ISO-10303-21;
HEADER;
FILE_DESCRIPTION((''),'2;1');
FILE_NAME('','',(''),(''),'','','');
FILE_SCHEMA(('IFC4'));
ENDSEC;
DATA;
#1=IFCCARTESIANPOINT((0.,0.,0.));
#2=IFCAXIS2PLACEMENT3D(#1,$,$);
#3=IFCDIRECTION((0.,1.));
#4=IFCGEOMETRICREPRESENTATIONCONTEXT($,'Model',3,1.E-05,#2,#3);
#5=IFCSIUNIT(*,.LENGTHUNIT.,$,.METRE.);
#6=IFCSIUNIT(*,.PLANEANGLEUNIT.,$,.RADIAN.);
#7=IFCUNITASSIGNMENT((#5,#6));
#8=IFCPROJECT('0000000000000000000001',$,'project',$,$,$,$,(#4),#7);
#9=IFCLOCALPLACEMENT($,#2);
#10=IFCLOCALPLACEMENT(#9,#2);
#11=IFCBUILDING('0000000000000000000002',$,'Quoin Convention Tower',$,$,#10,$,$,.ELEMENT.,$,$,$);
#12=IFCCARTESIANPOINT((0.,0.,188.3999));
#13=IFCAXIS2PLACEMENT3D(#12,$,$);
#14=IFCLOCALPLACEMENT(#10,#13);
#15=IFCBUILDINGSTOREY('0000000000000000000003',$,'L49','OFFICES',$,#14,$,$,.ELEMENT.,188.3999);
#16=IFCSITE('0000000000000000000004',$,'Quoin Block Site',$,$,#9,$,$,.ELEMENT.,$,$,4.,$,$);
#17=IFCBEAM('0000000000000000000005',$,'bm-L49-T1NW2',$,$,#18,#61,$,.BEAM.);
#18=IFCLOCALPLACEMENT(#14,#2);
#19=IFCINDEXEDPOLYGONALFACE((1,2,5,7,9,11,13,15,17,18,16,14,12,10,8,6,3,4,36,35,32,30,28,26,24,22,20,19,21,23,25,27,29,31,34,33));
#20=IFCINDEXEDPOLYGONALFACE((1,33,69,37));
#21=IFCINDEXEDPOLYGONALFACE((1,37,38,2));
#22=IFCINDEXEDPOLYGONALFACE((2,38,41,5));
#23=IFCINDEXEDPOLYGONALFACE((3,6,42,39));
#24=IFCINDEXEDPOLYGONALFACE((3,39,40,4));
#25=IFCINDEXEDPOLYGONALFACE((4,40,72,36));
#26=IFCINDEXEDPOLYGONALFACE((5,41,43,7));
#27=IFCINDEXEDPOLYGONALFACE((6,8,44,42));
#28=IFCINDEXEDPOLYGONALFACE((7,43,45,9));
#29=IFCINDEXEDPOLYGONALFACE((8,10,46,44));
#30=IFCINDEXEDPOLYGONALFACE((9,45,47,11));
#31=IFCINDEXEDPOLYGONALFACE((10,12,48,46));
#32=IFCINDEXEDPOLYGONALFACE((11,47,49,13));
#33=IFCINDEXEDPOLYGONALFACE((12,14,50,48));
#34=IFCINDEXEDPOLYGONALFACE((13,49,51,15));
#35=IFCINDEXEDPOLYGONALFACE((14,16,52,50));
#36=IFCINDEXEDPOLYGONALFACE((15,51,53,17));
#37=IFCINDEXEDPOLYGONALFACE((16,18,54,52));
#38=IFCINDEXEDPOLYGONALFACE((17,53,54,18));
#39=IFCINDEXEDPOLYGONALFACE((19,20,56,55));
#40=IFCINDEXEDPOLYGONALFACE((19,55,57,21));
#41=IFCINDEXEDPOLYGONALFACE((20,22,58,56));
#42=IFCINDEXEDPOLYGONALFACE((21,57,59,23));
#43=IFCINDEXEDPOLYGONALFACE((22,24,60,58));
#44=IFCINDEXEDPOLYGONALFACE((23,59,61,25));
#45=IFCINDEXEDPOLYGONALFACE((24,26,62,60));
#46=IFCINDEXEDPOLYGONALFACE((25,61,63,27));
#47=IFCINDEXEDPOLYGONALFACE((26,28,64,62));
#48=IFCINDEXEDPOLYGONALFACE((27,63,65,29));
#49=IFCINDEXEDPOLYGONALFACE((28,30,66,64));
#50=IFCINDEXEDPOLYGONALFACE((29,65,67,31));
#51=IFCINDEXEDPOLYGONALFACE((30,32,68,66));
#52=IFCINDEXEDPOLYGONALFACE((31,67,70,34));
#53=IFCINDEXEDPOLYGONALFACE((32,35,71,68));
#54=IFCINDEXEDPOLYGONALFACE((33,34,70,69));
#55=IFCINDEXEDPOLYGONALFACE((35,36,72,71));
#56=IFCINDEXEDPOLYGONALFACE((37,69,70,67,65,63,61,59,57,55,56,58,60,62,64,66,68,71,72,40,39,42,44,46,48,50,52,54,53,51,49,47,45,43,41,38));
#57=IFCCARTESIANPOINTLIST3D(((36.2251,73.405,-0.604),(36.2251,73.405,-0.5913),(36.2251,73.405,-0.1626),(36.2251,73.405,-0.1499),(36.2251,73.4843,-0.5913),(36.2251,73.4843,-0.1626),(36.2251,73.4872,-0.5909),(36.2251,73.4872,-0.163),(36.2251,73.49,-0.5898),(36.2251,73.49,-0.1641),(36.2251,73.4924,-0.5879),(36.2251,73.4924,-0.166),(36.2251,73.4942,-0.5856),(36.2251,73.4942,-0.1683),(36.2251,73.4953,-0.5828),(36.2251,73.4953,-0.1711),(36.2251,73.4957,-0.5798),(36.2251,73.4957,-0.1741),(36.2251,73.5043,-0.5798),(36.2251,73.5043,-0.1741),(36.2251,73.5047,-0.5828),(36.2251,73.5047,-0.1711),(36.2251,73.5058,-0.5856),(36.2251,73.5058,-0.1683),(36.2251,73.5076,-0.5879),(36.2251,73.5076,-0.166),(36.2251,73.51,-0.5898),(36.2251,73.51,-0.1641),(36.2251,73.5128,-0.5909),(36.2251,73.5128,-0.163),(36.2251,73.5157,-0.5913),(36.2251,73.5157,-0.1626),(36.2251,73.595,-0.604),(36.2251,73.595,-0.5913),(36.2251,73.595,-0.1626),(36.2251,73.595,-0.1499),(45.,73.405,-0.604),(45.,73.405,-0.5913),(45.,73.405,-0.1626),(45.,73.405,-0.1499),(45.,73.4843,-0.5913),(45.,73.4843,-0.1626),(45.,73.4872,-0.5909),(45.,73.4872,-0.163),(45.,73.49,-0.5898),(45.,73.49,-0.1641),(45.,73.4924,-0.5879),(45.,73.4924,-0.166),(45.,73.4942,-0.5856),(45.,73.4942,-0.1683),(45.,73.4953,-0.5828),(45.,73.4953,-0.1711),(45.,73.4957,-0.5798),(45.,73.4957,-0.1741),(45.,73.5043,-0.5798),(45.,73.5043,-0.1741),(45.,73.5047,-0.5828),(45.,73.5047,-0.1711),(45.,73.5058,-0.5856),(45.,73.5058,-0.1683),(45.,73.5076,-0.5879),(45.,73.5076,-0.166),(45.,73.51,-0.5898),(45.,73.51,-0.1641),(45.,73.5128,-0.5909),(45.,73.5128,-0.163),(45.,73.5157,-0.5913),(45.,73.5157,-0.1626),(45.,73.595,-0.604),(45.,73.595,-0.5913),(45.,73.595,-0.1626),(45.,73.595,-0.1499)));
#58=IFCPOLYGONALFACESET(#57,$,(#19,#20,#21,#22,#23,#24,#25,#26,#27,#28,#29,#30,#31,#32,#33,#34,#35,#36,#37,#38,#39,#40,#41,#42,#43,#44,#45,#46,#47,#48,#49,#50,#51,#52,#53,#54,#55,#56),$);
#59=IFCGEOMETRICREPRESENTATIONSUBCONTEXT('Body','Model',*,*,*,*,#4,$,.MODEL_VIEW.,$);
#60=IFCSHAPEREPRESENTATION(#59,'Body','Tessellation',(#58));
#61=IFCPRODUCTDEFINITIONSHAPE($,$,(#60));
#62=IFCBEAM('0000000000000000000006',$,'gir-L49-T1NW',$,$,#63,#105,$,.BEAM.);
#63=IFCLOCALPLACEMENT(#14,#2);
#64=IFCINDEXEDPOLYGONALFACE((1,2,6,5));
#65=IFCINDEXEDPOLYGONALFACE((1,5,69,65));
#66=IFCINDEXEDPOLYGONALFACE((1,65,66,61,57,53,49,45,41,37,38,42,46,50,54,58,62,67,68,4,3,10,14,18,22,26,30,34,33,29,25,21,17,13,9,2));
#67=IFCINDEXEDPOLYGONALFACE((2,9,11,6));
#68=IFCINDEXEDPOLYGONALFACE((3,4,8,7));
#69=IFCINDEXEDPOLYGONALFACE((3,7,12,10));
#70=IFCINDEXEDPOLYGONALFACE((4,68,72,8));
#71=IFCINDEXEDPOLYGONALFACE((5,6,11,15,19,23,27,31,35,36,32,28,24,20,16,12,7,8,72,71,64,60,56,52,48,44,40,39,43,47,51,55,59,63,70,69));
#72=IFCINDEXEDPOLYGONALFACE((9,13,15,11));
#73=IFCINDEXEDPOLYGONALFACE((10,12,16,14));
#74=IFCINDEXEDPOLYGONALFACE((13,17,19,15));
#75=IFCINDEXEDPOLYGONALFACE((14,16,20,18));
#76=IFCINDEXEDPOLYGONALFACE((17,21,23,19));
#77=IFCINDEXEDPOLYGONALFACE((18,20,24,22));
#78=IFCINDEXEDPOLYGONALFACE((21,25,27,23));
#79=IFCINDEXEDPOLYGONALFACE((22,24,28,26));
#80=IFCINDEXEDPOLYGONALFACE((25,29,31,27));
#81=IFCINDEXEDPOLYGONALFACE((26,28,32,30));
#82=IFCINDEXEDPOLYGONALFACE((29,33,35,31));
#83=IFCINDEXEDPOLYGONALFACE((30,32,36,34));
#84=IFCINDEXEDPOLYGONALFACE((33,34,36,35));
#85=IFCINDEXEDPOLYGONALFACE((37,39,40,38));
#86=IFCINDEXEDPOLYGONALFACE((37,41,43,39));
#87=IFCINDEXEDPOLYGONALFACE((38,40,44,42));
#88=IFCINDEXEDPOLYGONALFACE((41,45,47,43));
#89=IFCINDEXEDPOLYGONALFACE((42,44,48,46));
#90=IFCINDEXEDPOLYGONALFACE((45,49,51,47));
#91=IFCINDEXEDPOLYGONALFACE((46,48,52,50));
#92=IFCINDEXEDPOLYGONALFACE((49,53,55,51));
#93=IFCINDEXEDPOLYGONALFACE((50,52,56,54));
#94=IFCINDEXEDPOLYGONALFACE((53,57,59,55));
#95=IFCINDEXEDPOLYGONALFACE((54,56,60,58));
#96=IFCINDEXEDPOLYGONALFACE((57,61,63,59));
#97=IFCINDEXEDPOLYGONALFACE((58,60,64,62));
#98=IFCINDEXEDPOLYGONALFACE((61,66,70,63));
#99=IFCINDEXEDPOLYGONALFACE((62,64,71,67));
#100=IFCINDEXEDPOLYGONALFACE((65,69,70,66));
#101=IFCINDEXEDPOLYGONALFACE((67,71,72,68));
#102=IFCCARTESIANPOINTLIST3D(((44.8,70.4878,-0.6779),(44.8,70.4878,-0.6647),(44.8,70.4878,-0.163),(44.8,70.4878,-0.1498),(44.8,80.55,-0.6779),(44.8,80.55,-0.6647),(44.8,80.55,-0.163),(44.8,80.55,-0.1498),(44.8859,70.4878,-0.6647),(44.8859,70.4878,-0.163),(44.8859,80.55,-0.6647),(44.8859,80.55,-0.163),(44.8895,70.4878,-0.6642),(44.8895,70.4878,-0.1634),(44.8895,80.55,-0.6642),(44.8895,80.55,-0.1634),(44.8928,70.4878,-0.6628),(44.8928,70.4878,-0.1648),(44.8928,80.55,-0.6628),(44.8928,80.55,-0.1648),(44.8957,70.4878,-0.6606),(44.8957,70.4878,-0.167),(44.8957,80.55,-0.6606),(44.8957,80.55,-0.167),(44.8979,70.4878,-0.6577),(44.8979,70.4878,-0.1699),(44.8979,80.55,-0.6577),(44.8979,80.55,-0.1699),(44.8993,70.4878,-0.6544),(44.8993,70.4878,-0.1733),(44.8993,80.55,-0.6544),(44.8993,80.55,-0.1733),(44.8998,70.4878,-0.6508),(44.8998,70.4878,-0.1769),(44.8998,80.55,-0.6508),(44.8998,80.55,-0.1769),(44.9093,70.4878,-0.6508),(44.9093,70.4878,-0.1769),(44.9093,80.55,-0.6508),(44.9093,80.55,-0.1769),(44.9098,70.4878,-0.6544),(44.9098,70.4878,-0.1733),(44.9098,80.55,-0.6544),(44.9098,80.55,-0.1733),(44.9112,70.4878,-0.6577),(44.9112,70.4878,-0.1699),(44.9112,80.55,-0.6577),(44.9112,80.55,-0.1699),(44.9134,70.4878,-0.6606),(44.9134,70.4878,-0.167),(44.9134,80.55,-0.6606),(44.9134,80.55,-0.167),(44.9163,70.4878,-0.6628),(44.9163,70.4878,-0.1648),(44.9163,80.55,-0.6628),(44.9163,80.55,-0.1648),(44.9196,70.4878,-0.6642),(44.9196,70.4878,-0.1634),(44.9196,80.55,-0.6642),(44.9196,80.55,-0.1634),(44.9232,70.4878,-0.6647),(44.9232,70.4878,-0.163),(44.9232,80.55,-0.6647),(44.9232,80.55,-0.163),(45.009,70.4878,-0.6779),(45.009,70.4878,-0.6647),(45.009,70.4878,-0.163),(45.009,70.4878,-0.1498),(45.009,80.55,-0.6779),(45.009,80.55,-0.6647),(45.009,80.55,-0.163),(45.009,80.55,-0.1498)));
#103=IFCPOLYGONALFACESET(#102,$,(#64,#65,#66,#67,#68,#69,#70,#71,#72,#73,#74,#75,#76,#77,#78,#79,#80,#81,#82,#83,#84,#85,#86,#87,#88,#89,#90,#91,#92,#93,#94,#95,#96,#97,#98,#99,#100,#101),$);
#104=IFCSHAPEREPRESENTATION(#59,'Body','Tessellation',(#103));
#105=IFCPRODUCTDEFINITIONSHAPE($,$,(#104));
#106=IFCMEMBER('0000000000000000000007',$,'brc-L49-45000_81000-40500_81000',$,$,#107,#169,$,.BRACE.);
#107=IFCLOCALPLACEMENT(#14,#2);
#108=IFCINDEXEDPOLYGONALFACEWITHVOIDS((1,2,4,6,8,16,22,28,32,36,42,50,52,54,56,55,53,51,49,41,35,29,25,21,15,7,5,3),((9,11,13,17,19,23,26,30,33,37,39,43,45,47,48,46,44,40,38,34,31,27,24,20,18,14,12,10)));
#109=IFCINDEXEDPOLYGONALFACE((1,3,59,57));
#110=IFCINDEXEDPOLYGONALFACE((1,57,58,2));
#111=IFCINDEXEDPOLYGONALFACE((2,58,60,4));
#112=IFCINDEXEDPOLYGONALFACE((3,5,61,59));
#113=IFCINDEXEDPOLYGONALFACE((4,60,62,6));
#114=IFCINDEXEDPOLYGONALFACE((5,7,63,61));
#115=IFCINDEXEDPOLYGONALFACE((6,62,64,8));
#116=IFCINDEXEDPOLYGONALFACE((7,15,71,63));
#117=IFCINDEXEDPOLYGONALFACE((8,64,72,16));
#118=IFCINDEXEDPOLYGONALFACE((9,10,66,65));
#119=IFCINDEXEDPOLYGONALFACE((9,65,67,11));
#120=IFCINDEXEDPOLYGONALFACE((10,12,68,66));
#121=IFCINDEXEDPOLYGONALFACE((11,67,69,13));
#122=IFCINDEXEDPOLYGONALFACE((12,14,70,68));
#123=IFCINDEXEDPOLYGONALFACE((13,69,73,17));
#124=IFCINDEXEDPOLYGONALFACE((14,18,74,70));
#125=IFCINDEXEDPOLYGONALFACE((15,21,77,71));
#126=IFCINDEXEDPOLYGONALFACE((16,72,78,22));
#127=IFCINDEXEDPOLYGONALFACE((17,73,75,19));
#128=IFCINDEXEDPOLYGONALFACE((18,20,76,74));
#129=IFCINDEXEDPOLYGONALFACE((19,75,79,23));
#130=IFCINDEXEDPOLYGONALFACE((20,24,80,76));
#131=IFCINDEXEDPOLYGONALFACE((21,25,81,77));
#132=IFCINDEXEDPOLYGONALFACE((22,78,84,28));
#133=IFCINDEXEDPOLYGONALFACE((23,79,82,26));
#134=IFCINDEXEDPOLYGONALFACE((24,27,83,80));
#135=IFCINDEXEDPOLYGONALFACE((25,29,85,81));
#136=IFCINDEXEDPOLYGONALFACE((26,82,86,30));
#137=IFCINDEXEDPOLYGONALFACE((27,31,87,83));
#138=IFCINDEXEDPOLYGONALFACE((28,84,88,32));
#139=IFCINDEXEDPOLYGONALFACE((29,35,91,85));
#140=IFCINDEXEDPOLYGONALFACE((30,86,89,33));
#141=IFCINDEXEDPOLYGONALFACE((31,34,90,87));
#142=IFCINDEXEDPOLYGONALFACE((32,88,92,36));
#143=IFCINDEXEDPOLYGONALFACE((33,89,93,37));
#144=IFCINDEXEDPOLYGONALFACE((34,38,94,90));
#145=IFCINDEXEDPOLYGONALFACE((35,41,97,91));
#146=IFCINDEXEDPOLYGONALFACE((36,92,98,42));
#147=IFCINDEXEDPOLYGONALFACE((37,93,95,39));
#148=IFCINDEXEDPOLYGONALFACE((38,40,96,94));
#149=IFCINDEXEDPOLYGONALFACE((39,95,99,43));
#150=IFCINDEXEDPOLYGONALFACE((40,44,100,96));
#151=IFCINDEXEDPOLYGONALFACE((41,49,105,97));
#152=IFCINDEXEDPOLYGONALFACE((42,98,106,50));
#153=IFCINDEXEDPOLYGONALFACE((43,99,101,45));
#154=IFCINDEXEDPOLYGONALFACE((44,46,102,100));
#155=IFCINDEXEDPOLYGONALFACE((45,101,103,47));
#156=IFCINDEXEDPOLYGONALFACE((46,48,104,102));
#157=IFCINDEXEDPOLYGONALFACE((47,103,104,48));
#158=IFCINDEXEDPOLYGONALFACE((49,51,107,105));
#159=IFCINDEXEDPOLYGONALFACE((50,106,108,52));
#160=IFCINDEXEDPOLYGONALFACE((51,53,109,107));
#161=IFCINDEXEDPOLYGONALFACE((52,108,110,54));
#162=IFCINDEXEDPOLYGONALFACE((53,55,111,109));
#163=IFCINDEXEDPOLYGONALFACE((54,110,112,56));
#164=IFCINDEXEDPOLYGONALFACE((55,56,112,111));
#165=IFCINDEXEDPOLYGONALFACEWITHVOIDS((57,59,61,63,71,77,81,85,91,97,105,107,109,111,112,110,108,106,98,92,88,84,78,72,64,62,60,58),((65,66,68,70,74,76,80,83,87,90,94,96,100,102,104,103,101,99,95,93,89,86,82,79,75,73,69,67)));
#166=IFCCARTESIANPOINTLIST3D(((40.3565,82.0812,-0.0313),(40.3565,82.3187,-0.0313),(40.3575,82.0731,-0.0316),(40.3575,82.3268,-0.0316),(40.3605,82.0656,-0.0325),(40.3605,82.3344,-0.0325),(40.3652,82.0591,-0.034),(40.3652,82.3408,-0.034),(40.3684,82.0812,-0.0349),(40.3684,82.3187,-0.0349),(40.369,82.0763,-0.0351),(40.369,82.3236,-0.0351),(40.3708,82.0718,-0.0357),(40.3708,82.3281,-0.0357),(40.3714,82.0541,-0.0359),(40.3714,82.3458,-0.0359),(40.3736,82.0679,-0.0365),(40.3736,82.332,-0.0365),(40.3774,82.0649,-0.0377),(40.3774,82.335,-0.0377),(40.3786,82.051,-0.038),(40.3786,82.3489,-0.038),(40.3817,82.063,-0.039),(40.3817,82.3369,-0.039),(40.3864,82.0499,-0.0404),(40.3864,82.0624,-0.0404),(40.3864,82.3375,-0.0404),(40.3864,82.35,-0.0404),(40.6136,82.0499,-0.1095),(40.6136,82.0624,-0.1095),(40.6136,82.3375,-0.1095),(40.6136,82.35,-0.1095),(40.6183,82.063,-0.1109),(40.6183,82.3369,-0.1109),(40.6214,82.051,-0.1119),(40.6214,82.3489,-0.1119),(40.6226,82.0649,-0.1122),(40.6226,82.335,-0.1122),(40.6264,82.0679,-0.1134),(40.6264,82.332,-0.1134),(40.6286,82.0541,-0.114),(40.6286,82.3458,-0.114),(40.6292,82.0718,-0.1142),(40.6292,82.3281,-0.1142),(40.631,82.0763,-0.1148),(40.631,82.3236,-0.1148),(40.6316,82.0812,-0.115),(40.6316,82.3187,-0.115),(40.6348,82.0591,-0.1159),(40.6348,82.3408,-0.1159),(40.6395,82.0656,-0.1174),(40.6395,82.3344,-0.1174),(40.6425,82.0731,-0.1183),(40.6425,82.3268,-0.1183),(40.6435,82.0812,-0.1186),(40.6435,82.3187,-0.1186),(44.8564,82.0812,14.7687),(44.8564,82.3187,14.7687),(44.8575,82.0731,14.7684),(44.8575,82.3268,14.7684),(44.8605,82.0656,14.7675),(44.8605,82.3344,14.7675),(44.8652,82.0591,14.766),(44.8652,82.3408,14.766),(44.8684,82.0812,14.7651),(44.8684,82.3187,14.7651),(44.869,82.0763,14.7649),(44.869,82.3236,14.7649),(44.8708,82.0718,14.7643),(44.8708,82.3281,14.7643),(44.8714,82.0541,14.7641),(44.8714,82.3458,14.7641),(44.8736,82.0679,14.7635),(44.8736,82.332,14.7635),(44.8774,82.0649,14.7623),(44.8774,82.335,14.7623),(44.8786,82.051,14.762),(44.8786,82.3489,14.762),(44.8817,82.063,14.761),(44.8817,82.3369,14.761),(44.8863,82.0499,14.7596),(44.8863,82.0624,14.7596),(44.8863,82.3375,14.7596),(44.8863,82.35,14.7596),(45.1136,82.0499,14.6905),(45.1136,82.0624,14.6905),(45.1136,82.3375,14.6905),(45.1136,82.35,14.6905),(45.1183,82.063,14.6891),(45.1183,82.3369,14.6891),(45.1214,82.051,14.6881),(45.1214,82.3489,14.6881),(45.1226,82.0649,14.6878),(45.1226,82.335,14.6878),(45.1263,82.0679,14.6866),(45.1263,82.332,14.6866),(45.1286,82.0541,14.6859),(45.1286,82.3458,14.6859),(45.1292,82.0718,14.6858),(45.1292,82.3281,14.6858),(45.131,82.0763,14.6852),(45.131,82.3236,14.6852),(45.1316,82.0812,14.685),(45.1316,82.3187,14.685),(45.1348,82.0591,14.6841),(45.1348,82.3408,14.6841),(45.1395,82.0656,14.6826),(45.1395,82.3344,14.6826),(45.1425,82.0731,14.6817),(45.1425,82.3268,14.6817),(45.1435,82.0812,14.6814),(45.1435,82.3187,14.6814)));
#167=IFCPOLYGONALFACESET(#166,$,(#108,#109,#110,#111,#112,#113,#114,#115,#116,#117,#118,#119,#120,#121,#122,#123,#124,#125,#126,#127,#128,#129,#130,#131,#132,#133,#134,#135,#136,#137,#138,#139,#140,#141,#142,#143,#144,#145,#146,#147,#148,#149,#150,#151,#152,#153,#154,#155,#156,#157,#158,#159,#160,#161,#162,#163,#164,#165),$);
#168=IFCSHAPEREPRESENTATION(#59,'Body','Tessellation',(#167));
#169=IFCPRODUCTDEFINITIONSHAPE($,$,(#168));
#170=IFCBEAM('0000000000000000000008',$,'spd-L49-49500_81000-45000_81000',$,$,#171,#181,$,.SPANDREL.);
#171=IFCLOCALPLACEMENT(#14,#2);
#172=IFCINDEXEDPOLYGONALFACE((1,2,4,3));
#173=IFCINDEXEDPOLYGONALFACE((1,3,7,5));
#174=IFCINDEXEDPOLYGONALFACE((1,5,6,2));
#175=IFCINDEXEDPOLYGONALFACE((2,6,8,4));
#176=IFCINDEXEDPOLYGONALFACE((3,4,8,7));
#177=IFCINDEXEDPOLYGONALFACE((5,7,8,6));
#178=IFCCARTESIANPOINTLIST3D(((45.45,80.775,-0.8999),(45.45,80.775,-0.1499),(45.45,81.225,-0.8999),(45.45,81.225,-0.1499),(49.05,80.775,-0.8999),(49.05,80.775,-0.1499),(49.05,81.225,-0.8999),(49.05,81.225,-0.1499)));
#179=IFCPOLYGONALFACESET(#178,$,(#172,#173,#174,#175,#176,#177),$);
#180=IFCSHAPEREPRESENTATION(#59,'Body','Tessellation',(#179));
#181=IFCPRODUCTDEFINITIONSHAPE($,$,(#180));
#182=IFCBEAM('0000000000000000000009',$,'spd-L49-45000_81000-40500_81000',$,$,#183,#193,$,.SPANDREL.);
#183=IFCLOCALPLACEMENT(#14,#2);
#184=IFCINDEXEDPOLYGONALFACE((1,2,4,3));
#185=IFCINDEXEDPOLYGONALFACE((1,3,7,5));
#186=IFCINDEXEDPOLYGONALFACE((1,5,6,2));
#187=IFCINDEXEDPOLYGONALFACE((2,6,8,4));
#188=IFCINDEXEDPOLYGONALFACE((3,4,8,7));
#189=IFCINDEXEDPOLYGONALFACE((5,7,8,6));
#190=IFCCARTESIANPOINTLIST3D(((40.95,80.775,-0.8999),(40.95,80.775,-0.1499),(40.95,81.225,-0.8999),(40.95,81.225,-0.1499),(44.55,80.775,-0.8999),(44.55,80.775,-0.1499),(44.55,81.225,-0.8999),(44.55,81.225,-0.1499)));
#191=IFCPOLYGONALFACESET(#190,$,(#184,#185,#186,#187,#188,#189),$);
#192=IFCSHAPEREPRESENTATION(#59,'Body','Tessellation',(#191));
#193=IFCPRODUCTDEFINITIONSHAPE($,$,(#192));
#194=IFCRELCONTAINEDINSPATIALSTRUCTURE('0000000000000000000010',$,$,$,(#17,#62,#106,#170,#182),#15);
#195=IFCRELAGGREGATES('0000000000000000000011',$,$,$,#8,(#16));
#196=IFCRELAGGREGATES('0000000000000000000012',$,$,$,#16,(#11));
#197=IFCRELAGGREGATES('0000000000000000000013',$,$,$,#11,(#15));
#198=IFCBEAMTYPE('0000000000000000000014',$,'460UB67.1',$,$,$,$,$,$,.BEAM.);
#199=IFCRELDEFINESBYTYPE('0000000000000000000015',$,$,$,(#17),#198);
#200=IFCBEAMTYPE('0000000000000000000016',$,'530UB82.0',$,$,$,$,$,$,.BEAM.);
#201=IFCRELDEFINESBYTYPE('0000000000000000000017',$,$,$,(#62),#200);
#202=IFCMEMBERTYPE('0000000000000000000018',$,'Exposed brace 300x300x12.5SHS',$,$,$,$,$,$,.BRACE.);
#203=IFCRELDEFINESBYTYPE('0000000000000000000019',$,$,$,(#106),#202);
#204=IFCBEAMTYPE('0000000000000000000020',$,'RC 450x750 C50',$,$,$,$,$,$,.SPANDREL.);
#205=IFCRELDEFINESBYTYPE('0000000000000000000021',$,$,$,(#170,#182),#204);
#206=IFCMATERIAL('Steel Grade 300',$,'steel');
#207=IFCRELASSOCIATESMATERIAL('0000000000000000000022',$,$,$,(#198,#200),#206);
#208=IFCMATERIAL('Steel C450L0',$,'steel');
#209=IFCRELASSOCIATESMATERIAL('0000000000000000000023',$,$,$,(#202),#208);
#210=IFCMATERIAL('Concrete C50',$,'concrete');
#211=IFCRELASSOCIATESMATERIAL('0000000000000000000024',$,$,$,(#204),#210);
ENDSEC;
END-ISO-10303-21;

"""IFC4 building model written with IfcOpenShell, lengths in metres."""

from ifc_helpers import new_model, si_unit, direction, frame, origin, origin_2d, place, context, subcontext, project, spatial, rectangle, hollow_rectangle, i_section, extrude, material, material_profile, profile_set, type_object, element, save


model = new_model("IFC4")

# Units and contexts
model_context = context("Model", 3, precision=1e-05, world=origin(), true_north=direction((0.0, 1.0)))
body_context = subcontext(model_context, "Body", "Model", "MODEL_VIEW")
ifc_project = project(units=[si_unit("LENGTHUNIT", "METRE"), si_unit("PLANEANGLEUNIT", "RADIAN")], contexts=[model_context])

# Site, building, storey
site_placement = place(None, origin())
site = spatial("IfcSite", under=ifc_project, at=site_placement, Name="Quoin Block Site", CompositionType="ELEMENT", RefElevation=4.0)
building_placement = place(site_placement, origin())
building = spatial("IfcBuilding", under=site, at=building_placement, Name="Quoin Convention Tower", CompositionType="ELEMENT")
storey_placement = place(building_placement, frame((0.0, 0.0, 188.3999)))
storey = spatial("IfcBuildingStorey", under=building, at=storey_placement, Name="L49", Description="OFFICES", CompositionType="ELEMENT", Elevation=188.3999)

# Shared definitions
ifc_material_1 = material(Name="Concrete C50", Category="concrete")

# Beams
ifc_material_2 = material(Name="Steel Grade 300", Category="steel")
ifc_material_profile_1 = material_profile(ifc_material_2, i_section(OverallWidth=0.1899, OverallDepth=0.4541, WebThickness=0.0085, FlangeThickness=0.0127, FilletRadius=0.0115, at=origin_2d()), Name="460UB67.1")
ifc_profile_set_1 = profile_set([ifc_material_profile_1], Name="Steel Grade 300")
beam_type_1 = type_object("IfcBeamType", Name="460UB67.1", PredefinedType="BEAM", material=ifc_profile_set_1)
beam_1_placement = place(storey_placement, frame((36.2251, 73.5, -0.377), z_axis=(1.0, 0.0, 0.0), x_axis=(0.0, 1.0, 0.0)))
element("IfcBeam", 1, at=beam_1_placement, inside=storey, type_object=beam_type_1, Name="bm-L49-T1NW2", PredefinedType="BEAM", context=body_context, shape_type="SweptSolid", body=[
    extrude(i_section(OverallWidth=0.1899, OverallDepth=0.4541, WebThickness=0.0085, FlangeThickness=0.0127, FilletRadius=0.0115, at=origin_2d()), origin(), (0.0, 0.0, 1.0), 8.7749),
])
ifc_material_profile_2 = material_profile(ifc_material_2, i_section(OverallWidth=0.209, OverallDepth=0.5281, WebThickness=0.0095, FlangeThickness=0.0132, FilletRadius=0.0139, at=origin_2d()), Name="530UB82.0")
ifc_profile_set_2 = profile_set([ifc_material_profile_2], Name="Steel Grade 300")
beam_type_2 = type_object("IfcBeamType", Name="530UB82.0", PredefinedType="BEAM", material=ifc_profile_set_2)
beam_2_placement = place(storey_placement, frame((44.9045, 80.55, -0.4138), z_axis=(0.0, -1.0, 0.0), x_axis=(1.0, 0.0, 0.0)))
element("IfcBeam", 2, at=beam_2_placement, inside=storey, type_object=beam_type_2, Name="gir-L49-T1NW", PredefinedType="BEAM", context=body_context, shape_type="SweptSolid", body=[
    extrude(i_section(OverallWidth=0.209, OverallDepth=0.5281, WebThickness=0.0095, FlangeThickness=0.0132, FilletRadius=0.0139, at=origin_2d()), origin(), (0.0, 0.0, 1.0), 10.0623),
])

# Member
ifc_material_3 = material(Name="Steel C450L0", Category="steel")
ifc_material_profile_3 = material_profile(ifc_material_3, hollow_rectangle(XDim=0.3, YDim=0.3, WallThickness=0.0125, InnerFilletRadius=0.0188, OuterFilletRadius=0.0312, at=origin_2d()), Name="300x300x12.5SHS")
ifc_profile_set_3 = profile_set([ifc_material_profile_3], Name="Steel C450L0")
member_type = type_object("IfcMemberType", Name="Exposed brace 300x300x12.5SHS", PredefinedType="BRACE", material=ifc_profile_set_3)
member_placement = place(storey_placement, frame((40.5, 82.2, -0.075), z_axis=(0.290903, 0.0, 0.956752), x_axis=(0.0, 1.0, 0.0)))
element("IfcMember", 3, at=member_placement, inside=storey, type_object=member_type, Name="brc-L49-45000_81000-40500_81000", PredefinedType="BRACE", context=body_context, shape_type="SweptSolid", body=[
    extrude(hollow_rectangle(XDim=0.3, YDim=0.3, WallThickness=0.0125, InnerFilletRadius=0.0188, OuterFilletRadius=0.0312, at=origin_2d()), origin(), (0.0, 0.0, 1.0), 15.469),
])

# Beams
ifc_material_profile_4 = material_profile(ifc_material_1, rectangle(XDim=0.45, YDim=0.75, at=origin_2d()), Name="RC 450x750")
ifc_profile_set_4 = profile_set([ifc_material_profile_4], Name="Concrete C50")
beam_type_3 = type_object("IfcBeamType", Name="RC 450x750 C50", PredefinedType="SPANDREL", material=ifc_profile_set_4)
for number, where, z_axis, x_axis, name in (
    (4, (49.05, 81.0, -0.5249), (-1.0, 0.0, 0.0), (0.0, -1.0, 0.0), "spd-L49-49500_81000-45000_81000"),
    (5, (44.55, 81.0, -0.5249), (-1.0, 0.0, 0.0), (0.0, -1.0, 0.0), "spd-L49-45000_81000-40500_81000"),
):
    element("IfcBeam", number, at=place(storey_placement, frame(where, z_axis=z_axis, x_axis=x_axis)), inside=storey, type_object=beam_type_3, Name=name, PredefinedType="SPANDREL", context=body_context, shape_type="SweptSolid", body=[
        extrude(rectangle(XDim=0.45, YDim=0.75, at=origin_2d()), origin(), (0.0, 0.0, 1.0), 3.6001),
    ])

save(model, "model.ifc")
